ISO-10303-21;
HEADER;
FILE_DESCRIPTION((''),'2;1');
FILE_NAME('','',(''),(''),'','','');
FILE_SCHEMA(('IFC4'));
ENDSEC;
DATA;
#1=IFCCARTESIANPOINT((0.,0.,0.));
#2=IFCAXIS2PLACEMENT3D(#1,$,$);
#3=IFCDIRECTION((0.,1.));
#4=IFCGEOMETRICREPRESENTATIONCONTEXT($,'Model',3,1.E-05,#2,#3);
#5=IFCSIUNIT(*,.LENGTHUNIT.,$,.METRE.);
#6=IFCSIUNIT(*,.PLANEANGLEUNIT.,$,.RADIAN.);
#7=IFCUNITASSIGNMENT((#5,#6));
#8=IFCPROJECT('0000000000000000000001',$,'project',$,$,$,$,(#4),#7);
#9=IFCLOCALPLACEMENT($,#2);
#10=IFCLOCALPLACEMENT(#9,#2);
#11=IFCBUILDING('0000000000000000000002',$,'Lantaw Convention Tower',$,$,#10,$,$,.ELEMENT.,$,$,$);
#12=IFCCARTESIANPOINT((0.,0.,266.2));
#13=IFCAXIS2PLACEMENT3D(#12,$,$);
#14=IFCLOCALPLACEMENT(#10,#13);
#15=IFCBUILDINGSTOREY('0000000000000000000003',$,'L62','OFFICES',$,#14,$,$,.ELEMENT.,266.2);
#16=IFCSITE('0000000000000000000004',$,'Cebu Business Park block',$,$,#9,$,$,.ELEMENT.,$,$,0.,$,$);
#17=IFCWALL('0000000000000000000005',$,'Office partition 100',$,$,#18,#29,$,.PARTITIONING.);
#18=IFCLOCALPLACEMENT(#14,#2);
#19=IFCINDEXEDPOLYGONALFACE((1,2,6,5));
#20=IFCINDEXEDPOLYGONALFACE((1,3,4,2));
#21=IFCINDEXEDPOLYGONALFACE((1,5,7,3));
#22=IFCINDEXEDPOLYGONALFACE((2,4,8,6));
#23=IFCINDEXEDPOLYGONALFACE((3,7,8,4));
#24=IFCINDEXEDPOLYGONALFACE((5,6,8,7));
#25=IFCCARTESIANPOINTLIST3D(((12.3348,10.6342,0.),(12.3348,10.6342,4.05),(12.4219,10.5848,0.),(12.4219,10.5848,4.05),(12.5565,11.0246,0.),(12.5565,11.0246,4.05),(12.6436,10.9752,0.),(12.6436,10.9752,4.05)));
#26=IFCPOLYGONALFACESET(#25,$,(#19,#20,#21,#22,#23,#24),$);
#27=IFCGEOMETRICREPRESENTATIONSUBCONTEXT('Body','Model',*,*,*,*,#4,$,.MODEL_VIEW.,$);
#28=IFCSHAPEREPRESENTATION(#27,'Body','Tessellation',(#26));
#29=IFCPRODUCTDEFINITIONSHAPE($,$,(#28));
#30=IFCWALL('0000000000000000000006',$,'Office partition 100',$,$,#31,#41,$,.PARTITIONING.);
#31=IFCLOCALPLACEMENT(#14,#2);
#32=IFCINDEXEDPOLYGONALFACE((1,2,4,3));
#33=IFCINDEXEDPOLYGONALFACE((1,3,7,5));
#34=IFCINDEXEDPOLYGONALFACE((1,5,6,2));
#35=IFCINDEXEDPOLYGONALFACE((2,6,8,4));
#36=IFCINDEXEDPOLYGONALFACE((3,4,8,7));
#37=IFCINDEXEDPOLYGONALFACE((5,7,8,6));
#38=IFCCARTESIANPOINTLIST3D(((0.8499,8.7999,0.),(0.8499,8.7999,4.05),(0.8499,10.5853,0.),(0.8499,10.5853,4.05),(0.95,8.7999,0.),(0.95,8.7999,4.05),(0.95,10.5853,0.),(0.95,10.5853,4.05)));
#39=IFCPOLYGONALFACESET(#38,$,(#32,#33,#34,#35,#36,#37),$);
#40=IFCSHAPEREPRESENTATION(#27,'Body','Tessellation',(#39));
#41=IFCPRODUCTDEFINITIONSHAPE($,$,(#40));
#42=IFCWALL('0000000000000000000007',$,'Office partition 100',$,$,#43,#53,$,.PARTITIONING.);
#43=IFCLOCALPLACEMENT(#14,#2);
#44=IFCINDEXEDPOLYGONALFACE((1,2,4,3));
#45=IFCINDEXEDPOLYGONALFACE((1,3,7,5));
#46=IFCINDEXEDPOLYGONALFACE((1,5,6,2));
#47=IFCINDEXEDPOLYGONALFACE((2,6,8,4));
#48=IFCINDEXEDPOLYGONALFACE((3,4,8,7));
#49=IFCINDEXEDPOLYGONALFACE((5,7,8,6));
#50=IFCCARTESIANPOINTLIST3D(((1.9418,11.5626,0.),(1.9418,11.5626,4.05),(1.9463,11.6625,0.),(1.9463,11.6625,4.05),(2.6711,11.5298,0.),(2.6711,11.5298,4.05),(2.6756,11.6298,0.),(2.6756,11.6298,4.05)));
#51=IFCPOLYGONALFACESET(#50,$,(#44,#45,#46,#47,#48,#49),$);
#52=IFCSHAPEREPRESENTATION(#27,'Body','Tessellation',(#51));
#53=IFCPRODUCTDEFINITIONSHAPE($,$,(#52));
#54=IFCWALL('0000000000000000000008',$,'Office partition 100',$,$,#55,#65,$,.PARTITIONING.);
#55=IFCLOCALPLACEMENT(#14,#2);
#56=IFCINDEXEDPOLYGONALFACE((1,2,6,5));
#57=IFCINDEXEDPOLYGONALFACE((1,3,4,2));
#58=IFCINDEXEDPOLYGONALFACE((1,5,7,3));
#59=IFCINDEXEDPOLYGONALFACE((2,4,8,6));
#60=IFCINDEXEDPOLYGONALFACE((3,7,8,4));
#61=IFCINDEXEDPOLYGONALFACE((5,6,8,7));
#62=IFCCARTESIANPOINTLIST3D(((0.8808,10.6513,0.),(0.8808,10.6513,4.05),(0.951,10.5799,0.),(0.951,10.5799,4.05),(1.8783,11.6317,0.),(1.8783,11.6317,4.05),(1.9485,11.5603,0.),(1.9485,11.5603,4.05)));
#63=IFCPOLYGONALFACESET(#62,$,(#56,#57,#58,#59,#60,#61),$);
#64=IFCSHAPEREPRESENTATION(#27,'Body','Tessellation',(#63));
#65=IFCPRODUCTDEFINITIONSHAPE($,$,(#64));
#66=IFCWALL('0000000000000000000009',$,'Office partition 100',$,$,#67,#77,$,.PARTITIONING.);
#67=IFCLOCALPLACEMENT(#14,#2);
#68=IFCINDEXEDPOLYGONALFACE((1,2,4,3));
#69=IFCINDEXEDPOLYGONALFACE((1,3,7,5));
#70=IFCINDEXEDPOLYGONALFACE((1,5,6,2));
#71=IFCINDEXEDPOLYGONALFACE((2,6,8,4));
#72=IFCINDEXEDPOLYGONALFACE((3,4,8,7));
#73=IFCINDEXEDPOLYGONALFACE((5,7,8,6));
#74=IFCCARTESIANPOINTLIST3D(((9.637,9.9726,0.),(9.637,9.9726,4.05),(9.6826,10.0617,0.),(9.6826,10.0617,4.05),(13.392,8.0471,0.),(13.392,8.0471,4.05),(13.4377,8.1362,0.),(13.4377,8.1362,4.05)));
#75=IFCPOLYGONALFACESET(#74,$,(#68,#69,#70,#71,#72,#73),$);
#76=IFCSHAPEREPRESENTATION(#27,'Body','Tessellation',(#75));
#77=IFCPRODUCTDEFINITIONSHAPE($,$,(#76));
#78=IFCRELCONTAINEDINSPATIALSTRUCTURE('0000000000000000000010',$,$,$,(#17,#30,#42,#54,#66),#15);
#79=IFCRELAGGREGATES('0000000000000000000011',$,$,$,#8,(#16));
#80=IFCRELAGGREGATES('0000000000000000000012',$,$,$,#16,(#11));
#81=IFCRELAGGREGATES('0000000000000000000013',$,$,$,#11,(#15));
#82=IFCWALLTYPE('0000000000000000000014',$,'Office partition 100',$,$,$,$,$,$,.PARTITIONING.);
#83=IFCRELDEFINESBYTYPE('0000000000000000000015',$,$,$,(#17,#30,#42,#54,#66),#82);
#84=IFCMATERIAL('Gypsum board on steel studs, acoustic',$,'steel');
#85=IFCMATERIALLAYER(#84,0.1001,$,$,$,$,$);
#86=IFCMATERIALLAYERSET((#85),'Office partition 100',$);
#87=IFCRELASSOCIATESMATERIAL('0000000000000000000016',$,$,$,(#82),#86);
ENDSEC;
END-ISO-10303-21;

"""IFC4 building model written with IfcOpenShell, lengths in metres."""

from ifc_helpers import new_model, si_unit, direction, frame, frame_2d, origin, place, context, subcontext, project, spatial, rectangle, extrude, material, layer, layer_set, type_object, element, save


model = new_model("IFC4")

# Units and contexts
model_context = context("Model", 3, precision=1e-05, world=origin(), true_north=direction((0.0, 1.0)))
body_context = subcontext(model_context, "Body", "Model", "MODEL_VIEW")
ifc_project = project(units=[si_unit("LENGTHUNIT", "METRE"), si_unit("PLANEANGLEUNIT", "RADIAN")], contexts=[model_context])

# Site, building, storey
site_placement = place(None, origin())
site = spatial("IfcSite", under=ifc_project, at=site_placement, Name="Cebu Business Park block", CompositionType="ELEMENT", RefElevation=0.0)
building_placement = place(site_placement, origin())
building = spatial("IfcBuilding", under=site, at=building_placement, Name="Lantaw Convention Tower", CompositionType="ELEMENT")
storey_placement = place(building_placement, frame((0.0, 0.0, 266.2)))
storey = spatial("IfcBuildingStorey", under=building, at=storey_placement, Name="L62", Description="OFFICES", CompositionType="ELEMENT", Elevation=266.2)

# Shared definitions
ifc_material_1 = material(Name="Gypsum board on steel studs, acoustic", Category="steel")
ifc_layer_1 = layer(ifc_material_1, 0.1001)
ifc_layer_set_1 = layer_set([ifc_layer_1], Name="Office partition 100")
wall_type_1 = type_object("IfcWallType", Name="Office partition 100", PredefinedType="PARTITIONING", material=ifc_layer_set_1)

# Walls
wall_1_placement = place(storey_placement, frame((12.6001, 11.0, 0.0), z_axis=(0.0, 0.0, 1.0), x_axis=(-0.493794, -0.869579, 0.0)))
element("IfcWall", 1, at=wall_1_placement, inside=storey, type_object=wall_type_1, Name="Office partition 100", PredefinedType="PARTITIONING", context=body_context, shape_type="SweptSolid", body=[
    extrude(rectangle(XDim=0.449, YDim=0.1001, at=frame_2d((0.2246, 0.0))), origin(), (0.0, 0.0, 1.0), 4.05),
])
wall_2_placement = place(storey_placement, frame((0.8999, 8.8, 0.0), z_axis=(0.0, 0.0, 1.0), x_axis=(0.0, 1.0, 0.0)))
element("IfcWall", 2, at=wall_2_placement, inside=storey, type_object=wall_type_1, Name="Office partition 100", PredefinedType="PARTITIONING", context=body_context, shape_type="SweptSolid", body=[
    extrude(rectangle(XDim=1.7854, YDim=0.1001, at=frame_2d((0.8926, 0.0))), origin(), (0.0, 0.0, 1.0), 4.05),
])
wall_3_placement = place(storey_placement, frame((1.9441, 11.6125, 0.0), z_axis=(0.0, 0.0, 1.0), x_axis=(0.998995, -0.044816, 0.0)))
element("IfcWall", 3, at=wall_3_placement, inside=storey, type_object=wall_type_1, Name="Office partition 100", PredefinedType="PARTITIONING", context=body_context, shape_type="SweptSolid", body=[
    extrude(rectangle(XDim=0.73, YDim=0.1001, at=frame_2d((0.365, 0.0))), origin(), (0.0, 0.0, 1.0), 4.05),
])
wall_4_placement = place(storey_placement, frame((1.9133, 11.5959, 0.0), z_axis=(0.0, 0.0, 1.0), x_axis=(-0.713189, -0.700971, 0.0)))
element("IfcWall", 4, at=wall_4_placement, inside=storey, type_object=wall_type_1, Name="Office partition 100", PredefinedType="PARTITIONING", context=body_context, shape_type="SweptSolid", body=[
    extrude(rectangle(XDim=1.3987, YDim=0.1001, at=frame_2d((0.6992, 0.0))), origin(), (0.0, 0.0, 1.0), 4.05),
])
wall_5_placement = place(storey_placement, frame((9.6599, 10.0171, 0.0), z_axis=(0.0, 0.0, 1.0), x_axis=(0.889834, -0.456285, 0.0)))
element("IfcWall", 5, at=wall_5_placement, inside=storey, type_object=wall_type_1, Name="Office partition 100", PredefinedType="PARTITIONING", context=body_context, shape_type="SweptSolid", body=[
    extrude(rectangle(XDim=4.22, YDim=0.1001, at=frame_2d((2.1099, 0.0))), origin(), (0.0, 0.0, 1.0), 4.05),
])

save(model, "model.ifc")
